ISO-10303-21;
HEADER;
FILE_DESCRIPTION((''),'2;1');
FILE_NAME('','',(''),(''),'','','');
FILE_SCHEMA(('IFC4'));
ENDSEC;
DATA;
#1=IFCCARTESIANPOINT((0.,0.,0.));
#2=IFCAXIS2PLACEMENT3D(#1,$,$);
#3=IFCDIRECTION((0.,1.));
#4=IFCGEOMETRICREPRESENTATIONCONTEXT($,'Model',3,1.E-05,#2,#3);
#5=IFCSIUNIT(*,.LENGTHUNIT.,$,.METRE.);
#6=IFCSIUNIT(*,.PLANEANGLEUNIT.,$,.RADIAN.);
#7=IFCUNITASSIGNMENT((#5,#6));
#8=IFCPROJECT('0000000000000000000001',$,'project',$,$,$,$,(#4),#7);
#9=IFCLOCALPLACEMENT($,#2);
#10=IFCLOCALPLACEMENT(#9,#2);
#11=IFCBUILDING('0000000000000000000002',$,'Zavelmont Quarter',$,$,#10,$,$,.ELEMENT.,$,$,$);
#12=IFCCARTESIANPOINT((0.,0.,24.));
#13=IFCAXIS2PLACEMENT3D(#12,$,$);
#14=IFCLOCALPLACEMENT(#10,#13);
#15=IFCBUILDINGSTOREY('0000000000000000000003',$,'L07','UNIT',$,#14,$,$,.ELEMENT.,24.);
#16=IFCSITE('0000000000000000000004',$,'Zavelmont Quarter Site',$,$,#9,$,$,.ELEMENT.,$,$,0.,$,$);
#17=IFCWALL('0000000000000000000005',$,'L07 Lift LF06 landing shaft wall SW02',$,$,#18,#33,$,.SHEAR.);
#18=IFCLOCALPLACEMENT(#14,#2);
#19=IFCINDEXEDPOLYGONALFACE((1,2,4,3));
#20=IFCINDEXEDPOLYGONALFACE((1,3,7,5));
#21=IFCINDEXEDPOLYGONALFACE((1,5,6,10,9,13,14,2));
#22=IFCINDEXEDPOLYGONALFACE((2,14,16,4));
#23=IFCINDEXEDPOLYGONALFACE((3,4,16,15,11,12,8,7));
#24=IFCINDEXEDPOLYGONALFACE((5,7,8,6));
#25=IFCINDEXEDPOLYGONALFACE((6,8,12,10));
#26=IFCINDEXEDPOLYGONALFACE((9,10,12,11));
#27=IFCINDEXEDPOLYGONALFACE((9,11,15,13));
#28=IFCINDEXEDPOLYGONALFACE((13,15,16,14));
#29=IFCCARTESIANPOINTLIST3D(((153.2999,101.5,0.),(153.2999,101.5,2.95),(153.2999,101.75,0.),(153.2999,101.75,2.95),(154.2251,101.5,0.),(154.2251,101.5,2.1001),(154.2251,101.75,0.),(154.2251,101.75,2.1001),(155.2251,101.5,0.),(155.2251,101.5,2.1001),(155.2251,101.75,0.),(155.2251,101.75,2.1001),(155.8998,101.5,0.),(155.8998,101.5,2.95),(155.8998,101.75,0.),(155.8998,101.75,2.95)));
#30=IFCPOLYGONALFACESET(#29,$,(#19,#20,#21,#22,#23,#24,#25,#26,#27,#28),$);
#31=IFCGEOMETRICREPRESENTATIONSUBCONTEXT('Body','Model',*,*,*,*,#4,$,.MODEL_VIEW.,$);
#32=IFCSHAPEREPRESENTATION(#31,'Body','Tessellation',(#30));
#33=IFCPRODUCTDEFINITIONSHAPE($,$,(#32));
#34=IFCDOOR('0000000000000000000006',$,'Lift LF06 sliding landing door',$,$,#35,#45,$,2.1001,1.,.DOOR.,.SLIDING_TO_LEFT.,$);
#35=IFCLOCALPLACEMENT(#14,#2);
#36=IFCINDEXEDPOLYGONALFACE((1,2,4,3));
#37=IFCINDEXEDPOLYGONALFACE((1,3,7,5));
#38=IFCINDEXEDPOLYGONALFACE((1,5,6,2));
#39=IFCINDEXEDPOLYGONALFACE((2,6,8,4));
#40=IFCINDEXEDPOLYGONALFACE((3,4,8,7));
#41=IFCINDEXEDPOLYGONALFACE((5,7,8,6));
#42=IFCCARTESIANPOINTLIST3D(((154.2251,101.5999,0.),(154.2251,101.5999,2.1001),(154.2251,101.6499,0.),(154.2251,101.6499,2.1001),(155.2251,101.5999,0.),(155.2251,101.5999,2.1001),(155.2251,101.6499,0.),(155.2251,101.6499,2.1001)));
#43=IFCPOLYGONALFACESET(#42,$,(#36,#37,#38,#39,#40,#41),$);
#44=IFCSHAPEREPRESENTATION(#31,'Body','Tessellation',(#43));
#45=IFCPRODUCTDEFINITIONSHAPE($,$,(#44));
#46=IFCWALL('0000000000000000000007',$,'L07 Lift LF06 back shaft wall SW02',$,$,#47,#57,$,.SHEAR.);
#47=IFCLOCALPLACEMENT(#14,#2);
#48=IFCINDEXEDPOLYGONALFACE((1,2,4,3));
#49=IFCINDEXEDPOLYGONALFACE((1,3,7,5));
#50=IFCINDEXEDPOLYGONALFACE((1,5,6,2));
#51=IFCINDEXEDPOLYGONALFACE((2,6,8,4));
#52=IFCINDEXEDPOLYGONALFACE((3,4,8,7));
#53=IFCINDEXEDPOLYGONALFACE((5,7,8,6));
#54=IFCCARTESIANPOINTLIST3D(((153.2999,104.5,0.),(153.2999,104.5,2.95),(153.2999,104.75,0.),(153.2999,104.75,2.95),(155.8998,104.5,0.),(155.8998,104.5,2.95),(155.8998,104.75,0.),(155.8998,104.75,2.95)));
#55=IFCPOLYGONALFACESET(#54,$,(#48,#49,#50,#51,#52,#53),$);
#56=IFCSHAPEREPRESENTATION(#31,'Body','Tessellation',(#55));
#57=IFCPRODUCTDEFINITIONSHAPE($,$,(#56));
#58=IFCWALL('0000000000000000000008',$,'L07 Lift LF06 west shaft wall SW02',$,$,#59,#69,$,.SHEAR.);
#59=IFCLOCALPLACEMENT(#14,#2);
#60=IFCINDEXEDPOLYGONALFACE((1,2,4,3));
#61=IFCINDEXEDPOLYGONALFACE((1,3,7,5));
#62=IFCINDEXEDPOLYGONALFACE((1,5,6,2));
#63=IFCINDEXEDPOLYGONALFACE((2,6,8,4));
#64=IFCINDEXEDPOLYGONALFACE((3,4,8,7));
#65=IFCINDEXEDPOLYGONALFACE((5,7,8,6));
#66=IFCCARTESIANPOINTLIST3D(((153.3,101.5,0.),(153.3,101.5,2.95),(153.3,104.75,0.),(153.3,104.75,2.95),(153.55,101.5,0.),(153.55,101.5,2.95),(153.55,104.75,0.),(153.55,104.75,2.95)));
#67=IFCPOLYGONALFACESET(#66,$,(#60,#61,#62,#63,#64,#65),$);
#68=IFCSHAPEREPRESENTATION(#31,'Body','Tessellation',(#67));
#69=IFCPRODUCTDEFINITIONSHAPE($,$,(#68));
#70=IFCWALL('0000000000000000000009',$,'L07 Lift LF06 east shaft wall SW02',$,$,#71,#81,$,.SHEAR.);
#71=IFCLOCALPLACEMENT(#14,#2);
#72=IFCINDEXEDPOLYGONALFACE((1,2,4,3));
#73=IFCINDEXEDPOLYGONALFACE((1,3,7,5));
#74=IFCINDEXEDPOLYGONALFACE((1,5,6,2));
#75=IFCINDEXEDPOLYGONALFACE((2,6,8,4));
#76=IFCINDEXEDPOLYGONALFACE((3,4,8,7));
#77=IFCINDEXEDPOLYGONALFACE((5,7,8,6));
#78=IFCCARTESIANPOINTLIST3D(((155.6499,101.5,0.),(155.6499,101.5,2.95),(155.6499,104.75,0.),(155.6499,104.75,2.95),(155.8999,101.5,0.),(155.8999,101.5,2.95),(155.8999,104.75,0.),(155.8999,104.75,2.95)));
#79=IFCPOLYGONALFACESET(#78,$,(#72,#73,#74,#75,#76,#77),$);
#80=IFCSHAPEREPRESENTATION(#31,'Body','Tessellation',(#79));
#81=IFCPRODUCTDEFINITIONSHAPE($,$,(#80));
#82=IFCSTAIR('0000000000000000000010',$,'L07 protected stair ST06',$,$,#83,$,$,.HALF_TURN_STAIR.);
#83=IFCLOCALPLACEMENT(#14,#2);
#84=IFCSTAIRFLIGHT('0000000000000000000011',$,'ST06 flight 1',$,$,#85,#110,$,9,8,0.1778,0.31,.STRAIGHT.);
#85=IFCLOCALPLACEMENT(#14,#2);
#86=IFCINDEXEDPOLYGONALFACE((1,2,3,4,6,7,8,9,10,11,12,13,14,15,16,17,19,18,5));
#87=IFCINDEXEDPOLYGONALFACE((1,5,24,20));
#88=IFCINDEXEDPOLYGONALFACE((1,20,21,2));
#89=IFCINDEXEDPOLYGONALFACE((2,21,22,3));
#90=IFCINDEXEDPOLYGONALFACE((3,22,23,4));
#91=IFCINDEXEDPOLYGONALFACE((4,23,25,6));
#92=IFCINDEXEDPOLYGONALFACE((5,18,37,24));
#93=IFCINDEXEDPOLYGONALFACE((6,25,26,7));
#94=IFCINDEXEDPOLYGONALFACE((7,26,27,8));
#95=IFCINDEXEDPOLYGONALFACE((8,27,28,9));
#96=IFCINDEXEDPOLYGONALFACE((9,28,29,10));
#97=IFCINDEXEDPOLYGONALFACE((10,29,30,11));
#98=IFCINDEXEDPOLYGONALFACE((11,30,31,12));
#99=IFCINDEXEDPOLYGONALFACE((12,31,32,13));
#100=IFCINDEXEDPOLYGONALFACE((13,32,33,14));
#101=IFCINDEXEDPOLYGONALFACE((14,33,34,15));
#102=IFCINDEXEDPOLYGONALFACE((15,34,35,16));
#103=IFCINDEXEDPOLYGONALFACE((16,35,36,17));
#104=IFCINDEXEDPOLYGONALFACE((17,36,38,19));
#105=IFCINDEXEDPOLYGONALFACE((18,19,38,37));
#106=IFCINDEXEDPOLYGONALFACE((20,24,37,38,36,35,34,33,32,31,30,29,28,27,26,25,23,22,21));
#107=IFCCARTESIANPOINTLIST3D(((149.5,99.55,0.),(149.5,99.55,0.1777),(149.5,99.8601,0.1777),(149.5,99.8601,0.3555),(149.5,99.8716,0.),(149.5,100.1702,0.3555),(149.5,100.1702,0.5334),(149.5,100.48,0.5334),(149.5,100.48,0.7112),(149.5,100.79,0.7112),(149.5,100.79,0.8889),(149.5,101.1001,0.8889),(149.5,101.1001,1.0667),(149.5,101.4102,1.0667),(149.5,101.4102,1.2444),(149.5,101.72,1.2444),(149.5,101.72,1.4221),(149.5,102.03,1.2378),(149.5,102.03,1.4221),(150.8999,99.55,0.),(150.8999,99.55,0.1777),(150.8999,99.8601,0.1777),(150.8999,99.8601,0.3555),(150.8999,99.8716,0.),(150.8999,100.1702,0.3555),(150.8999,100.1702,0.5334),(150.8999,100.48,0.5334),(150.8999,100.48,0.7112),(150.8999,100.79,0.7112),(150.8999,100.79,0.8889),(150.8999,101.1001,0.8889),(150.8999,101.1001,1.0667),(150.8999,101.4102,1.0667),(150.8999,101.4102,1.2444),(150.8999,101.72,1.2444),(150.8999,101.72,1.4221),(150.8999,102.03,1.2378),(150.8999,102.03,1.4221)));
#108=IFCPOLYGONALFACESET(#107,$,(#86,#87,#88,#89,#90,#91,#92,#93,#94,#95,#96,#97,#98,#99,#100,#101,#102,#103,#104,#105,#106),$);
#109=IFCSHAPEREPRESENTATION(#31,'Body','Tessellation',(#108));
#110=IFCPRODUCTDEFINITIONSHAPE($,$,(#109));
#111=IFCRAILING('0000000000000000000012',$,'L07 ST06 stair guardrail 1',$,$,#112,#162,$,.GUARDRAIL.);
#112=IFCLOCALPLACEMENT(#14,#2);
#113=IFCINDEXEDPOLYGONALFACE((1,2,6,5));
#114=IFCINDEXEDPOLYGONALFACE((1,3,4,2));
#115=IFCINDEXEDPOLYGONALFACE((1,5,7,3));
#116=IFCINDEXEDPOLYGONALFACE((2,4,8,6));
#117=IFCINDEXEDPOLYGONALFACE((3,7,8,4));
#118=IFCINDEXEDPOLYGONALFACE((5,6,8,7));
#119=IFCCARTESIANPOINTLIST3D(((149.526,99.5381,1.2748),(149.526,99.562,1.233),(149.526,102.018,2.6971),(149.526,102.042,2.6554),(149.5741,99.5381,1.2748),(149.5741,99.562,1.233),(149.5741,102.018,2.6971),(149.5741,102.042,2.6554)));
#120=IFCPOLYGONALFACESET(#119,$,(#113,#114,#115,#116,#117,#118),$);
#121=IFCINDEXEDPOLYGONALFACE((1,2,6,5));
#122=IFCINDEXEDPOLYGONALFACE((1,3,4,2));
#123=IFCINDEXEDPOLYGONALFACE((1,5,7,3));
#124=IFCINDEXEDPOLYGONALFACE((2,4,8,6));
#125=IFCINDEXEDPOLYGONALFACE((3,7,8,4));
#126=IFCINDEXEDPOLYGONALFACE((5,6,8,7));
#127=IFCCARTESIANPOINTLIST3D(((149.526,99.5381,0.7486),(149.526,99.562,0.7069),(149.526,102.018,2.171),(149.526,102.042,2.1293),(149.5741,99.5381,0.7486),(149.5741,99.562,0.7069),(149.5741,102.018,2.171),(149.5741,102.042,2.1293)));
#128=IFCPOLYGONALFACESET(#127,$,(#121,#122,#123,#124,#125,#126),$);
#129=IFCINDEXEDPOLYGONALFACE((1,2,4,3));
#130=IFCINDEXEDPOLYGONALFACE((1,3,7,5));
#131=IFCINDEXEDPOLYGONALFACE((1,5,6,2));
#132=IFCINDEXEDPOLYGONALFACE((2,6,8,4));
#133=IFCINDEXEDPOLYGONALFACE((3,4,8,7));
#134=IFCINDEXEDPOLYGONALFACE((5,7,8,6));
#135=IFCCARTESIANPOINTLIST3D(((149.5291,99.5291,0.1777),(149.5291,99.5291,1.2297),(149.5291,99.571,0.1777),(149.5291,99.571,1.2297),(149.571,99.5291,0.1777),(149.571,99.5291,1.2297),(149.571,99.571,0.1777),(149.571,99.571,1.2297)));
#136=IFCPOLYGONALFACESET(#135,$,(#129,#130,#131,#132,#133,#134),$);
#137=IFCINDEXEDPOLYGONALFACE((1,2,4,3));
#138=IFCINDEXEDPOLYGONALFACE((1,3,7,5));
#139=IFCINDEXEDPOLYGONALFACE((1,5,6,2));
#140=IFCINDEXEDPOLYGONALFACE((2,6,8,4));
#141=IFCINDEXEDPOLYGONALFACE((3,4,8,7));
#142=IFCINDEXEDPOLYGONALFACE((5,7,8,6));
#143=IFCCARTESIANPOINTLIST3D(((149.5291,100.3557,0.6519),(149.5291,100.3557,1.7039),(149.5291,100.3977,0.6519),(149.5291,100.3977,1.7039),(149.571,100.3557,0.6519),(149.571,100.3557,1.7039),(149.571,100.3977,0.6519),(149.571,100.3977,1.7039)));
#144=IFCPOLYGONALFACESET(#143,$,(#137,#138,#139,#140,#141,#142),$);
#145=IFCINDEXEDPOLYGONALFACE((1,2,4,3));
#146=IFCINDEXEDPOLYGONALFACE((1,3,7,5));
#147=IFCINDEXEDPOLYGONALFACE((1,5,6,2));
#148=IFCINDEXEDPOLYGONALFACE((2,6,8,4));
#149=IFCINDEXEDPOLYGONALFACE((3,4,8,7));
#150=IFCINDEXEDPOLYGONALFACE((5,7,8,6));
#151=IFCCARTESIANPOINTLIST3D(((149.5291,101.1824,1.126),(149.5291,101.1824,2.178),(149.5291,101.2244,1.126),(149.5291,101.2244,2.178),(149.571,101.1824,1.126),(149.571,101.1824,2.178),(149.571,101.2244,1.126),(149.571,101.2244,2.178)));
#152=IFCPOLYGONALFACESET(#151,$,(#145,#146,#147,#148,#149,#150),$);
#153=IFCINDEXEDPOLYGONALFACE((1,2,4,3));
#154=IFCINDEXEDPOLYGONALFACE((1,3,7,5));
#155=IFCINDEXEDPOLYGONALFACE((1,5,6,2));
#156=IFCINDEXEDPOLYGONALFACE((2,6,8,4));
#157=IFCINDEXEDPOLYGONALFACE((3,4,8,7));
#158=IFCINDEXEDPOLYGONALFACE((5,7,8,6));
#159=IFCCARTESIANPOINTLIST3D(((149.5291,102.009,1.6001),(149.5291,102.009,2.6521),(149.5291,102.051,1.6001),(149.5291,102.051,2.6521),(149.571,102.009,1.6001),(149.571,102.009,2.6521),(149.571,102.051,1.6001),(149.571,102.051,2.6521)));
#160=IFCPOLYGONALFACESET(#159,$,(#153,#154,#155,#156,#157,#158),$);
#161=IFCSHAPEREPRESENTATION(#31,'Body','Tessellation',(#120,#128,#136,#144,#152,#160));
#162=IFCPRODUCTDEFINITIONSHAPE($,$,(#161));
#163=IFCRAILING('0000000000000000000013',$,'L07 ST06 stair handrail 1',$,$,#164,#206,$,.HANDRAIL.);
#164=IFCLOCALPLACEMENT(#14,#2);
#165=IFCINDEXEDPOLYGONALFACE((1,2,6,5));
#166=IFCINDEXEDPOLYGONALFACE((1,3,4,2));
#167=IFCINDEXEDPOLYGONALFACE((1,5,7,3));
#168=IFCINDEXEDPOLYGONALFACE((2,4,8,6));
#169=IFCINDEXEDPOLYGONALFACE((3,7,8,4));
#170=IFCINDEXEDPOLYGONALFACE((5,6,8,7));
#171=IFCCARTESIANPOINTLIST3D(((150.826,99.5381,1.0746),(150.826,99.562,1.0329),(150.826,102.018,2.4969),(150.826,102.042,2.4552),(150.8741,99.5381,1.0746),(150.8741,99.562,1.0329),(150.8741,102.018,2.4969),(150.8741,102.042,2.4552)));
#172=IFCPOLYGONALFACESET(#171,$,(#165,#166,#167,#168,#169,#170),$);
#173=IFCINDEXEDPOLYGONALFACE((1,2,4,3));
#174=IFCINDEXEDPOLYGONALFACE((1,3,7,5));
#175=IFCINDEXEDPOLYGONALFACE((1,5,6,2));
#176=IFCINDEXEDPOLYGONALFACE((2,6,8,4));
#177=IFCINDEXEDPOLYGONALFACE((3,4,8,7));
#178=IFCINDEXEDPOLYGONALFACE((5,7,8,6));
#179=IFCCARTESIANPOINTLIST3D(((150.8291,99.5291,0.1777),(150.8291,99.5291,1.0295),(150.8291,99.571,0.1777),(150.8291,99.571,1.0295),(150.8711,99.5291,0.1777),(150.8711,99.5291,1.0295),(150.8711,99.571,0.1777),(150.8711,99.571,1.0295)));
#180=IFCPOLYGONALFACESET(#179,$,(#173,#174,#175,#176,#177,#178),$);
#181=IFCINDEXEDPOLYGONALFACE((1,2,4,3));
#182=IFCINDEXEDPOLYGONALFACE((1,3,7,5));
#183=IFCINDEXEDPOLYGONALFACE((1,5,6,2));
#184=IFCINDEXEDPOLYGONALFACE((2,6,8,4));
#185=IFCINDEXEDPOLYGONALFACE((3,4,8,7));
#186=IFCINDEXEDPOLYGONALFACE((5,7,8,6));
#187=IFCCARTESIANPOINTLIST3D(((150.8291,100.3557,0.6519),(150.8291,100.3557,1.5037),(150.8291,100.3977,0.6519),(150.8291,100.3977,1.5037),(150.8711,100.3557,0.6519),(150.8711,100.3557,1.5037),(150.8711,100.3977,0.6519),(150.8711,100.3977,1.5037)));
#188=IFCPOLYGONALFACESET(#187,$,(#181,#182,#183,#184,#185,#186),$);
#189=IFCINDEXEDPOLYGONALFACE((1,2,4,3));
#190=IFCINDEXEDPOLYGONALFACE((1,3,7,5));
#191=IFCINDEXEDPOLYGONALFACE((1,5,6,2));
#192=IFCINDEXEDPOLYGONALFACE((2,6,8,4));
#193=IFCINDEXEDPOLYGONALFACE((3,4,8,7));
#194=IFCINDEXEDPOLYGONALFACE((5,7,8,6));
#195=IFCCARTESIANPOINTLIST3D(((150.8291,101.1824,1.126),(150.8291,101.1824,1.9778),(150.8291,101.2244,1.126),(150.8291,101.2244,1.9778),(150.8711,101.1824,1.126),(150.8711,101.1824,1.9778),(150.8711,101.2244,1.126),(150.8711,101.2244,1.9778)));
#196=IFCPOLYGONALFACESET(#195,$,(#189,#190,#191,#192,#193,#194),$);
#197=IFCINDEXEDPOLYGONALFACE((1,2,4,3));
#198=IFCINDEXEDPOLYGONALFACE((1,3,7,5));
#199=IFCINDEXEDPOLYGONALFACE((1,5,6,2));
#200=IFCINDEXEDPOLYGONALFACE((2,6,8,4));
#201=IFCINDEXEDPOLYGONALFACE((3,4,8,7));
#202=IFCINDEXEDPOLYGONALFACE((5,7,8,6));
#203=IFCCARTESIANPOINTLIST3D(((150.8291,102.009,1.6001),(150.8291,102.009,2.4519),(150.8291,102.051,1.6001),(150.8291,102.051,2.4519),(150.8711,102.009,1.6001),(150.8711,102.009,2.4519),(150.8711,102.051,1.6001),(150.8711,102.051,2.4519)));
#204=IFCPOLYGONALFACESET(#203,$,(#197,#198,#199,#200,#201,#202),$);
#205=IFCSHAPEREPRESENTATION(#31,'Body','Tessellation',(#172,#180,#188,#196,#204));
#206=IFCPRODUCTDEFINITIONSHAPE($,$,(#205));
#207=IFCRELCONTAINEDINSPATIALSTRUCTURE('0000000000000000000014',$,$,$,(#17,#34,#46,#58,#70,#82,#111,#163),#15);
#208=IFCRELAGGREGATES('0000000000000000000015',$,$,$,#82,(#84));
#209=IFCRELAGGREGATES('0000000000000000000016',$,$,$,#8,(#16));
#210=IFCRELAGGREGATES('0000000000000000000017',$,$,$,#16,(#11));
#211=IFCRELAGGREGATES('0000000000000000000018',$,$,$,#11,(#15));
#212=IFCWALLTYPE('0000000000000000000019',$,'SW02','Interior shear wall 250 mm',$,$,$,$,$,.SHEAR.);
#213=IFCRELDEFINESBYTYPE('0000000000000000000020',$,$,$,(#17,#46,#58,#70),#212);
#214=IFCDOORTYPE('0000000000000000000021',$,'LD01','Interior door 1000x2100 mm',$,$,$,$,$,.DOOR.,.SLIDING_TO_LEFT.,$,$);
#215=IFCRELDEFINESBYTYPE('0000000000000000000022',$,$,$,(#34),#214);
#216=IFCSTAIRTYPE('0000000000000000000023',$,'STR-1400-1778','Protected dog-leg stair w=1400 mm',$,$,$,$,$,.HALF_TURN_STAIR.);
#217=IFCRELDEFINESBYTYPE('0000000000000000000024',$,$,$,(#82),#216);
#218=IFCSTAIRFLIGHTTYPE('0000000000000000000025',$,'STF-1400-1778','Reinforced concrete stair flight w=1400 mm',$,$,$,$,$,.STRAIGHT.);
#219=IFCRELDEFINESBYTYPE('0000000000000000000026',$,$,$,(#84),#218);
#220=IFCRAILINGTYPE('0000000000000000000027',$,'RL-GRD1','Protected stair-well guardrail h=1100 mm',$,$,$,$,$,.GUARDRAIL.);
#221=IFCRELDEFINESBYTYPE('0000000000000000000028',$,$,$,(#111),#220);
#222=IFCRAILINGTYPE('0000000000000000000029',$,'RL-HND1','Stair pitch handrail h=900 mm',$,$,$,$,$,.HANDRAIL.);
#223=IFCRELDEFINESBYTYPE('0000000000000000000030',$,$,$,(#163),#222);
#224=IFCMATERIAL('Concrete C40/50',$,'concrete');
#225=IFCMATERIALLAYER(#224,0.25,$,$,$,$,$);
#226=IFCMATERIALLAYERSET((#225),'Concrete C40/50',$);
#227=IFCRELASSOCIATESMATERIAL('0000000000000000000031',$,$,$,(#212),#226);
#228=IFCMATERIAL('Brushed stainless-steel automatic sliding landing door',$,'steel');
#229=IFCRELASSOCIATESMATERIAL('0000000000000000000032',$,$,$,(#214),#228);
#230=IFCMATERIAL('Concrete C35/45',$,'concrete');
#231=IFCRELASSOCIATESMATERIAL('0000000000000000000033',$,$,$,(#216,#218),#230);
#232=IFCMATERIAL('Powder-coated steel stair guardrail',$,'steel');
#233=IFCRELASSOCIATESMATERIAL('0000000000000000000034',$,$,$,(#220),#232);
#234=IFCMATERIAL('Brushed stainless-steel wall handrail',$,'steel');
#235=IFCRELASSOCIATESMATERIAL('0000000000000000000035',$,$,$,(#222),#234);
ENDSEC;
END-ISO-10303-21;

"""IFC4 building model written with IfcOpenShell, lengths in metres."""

from ifc_helpers import new_model, si_unit, direction, frame, frame_2d, origin, origin_with_axes, origin_2d, place, context, subcontext, project, spatial, polyline, rectangle, outline, extrude, material, layer, layer_set, type_object, element, fill, aggregate, save


model = new_model("IFC4")

# Units and contexts
model_context = context("Model", 3, precision=1e-05, world=origin(), true_north=direction((0.0, 1.0)))
body_context = subcontext(model_context, "Body", "Model", "MODEL_VIEW")
ifc_project = project(units=[si_unit("LENGTHUNIT", "METRE"), si_unit("PLANEANGLEUNIT", "RADIAN")], contexts=[model_context])

# Site, building, storey
site_placement = place(None, origin())
site = spatial("IfcSite", under=ifc_project, at=site_placement, Name="Zavelmont Quarter Site", CompositionType="ELEMENT", RefElevation=0.0)
building_placement = place(site_placement, origin())
building = spatial("IfcBuilding", under=site, at=building_placement, Name="Zavelmont Quarter", CompositionType="ELEMENT")
storey_placement = place(building_placement, frame((0.0, 0.0, 24.0)))
storey = spatial("IfcBuildingStorey", under=building, at=storey_placement, Name="L07", Description="UNIT", CompositionType="ELEMENT", Elevation=24.0)

# Shared definitions
ifc_material_1 = material(Name="Concrete C35/45", Category="concrete")
ifc_material_2 = material(Name="Concrete C40/50", Category="concrete")

# Wall, opening, door
ifc_layer_1 = layer(ifc_material_2, 0.25)
ifc_layer_set_1 = layer_set([ifc_layer_1], Name="Concrete C40/50")
wall_type_1 = type_object("IfcWallType", Name="SW02", Description="Interior shear wall 250 mm", PredefinedType="SHEAR", material=ifc_layer_set_1)
wall_1_placement = place(storey_placement, frame((153.3, 101.625, 0.0), z_axis=(0.0, 0.0, 1.0), x_axis=(1.0, 0.0, 0.0)))
wall_1 = element("IfcWall", 1, at=wall_1_placement, inside=storey, type_object=wall_type_1, Name="L07 Lift LF06 landing shaft wall SW02", PredefinedType="SHEAR", context=body_context, shape_type="SweptSolid", body=[
    extrude(rectangle(XDim=2.5999, YDim=0.25, at=frame_2d((1.2998, 0.0))), origin(), (0.0, 0.0, 1.0), 2.95),
])
opening_1_placement = place(wall_1_placement, frame((0.925, 0.0, 0.0)))
opening_1 = element("IfcOpeningElement", 2, at=opening_1_placement, cuts=wall_1, PredefinedType="OPENING", context=body_context, shape_type="SweptSolid", body=[
    extrude(rectangle(XDim=1.0, YDim=2.1001, at=frame_2d((0.5, 1.05))), frame((0.0, 0.137, 0.0), z_axis=(0.0, -1.0, 0.0), x_axis=(1.0, 0.0, 0.0)), (0.0, 0.0, 1.0), 0.2739),
])
ifc_material_3 = material(Name="Brushed stainless-steel automatic sliding landing door", Category="steel")
door_type_1 = type_object("IfcDoorType", Name="LD01", Description="Interior door 1000x2100 mm", OperationType="SLIDING_TO_LEFT", PredefinedType="DOOR", material=ifc_material_3)
door_1_placement = place(opening_1_placement, origin_with_axes())
door_1 = element("IfcDoor", 3, at=door_1_placement, inside=storey, type_object=door_type_1, Name="Lift LF06 sliding landing door", OperationType="SLIDING_TO_LEFT", OverallHeight=2.1001, OverallWidth=1.0, PredefinedType="DOOR", context=body_context, shape_type="SweptSolid", body=[
    extrude(rectangle(XDim=1.0, YDim=2.1001, at=frame_2d((0.5, 1.05))), frame((0.0, 0.0249, 0.0), z_axis=(0.0, -1.0, 0.0), x_axis=(1.0, 0.0, 0.0)), (0.0, 0.0, 1.0), 0.05),
])
fill(opening_1, door_1)

# Walls
wall_2_placement = place(storey_placement, frame((153.3, 104.625, 0.0), z_axis=(0.0, 0.0, 1.0), x_axis=(1.0, 0.0, 0.0)))
element("IfcWall", 4, at=wall_2_placement, inside=storey, type_object=wall_type_1, Name="L07 Lift LF06 back shaft wall SW02", PredefinedType="SHEAR", context=body_context, shape_type="SweptSolid", body=[
    extrude(rectangle(XDim=2.5999, YDim=0.25, at=frame_2d((1.2998, 0.0))), origin(), (0.0, 0.0, 1.0), 2.95),
])
for number, where, z_axis, x_axis, name in (
    (5, (153.425, 101.5, 0.0), (0.0, 0.0, 1.0), (0.0, 1.0, 0.0), "L07 Lift LF06 west shaft wall SW02"),
    (6, (155.7749, 101.5, 0.0), (0.0, 0.0, 1.0), (0.0, 1.0, 0.0), "L07 Lift LF06 east shaft wall SW02"),
):
    element("IfcWall", number, at=place(storey_placement, frame(where, z_axis=z_axis, x_axis=x_axis)), inside=storey, type_object=wall_type_1, Name=name, PredefinedType="SHEAR", context=body_context, shape_type="SweptSolid", body=[
        extrude(rectangle(XDim=3.25, YDim=0.25, at=frame_2d((1.625, 0.0))), origin(), (0.0, 0.0, 1.0), 2.95),
    ])

# Stair, stair flight
stair_type = type_object("IfcStairType", Name="STR-1400-1778", Description="Protected dog-leg stair w=1400 mm", PredefinedType="HALF_TURN_STAIR", material=ifc_material_1)
stair_placement = place(storey_placement, origin())
stair = element("IfcStair", 7, at=stair_placement, inside=storey, type_object=stair_type, Name="L07 protected stair ST06", PredefinedType="HALF_TURN_STAIR")
stair_flight_type = type_object("IfcStairFlightType", Name="STF-1400-1778", Description="Reinforced concrete stair flight w=1400 mm", PredefinedType="STRAIGHT", material=ifc_material_1)
stair_flight_placement = place(storey_placement, frame((150.2, 99.55, 0.0), z_axis=(0.0, 0.0, 1.0), x_axis=(0.0, 1.0, 0.0)))
stair_flight = element("IfcStairFlight", 8, at=stair_flight_placement, type_object=stair_flight_type, Name="ST06 flight 1", NumberOfRisers=9, NumberOfTreads=8, PredefinedType="STRAIGHT", RiserHeight=0.1778, TreadLength=0.31, context=body_context, shape_type="SweptSolid", body=[
    extrude(outline(polyline([(0.0, 0.0), (0.0, 0.1777), (0.3101, 0.1777), (0.3101, 0.3555), (0.6201, 0.3555), (0.6201, 0.5334), (0.9299, 0.5334), (0.9299, 0.7112), (1.24, 0.7112), (1.24, 0.8889), (1.55, 0.8889), (1.55, 1.0667), (1.8601, 1.0667), (1.8601, 1.2444), (2.1699, 1.2444), (2.1699, 1.4221), (2.48, 1.4221), (2.48, 1.6001), (2.48, 1.2378), (0.3215, 0.0), (0.0, 0.0)])), frame((0.0, 0.7, 0.0), z_axis=(0.0, -1.0, 0.0), x_axis=(1.0, 0.0, 0.0)), (0.0, 0.0, 1.0), 1.3999),
])
aggregate(stair, [stair_flight])

# Railings
ifc_material_4 = material(Name="Powder-coated steel stair guardrail", Category="steel")
railing_type_1 = type_object("IfcRailingType", Name="RL-GRD1", Description="Protected stair-well guardrail h=1100 mm", PredefinedType="GUARDRAIL", material=ifc_material_4)
railing_1_placement = place(storey_placement, frame((149.55, 99.55, 0.1777)))
element("IfcRailing", 9, at=railing_1_placement, inside=storey, type_object=railing_type_1, Name="L07 ST06 stair guardrail 1", PredefinedType="GUARDRAIL", context=body_context, shape_type="SweptSolid", body=[
    extrude(rectangle(XDim=0.0481, YDim=0.0481, at=origin_2d()), frame((0.0, 0.0, 1.0762), z_axis=(0.0, 0.867454, 0.497518), x_axis=(-1.0, 0.0, 0.0)), (0.0, 0.0, 1.0), 2.8589),
    extrude(rectangle(XDim=0.0481, YDim=0.0481, at=origin_2d()), frame((0.0, 0.0, 0.55), z_axis=(0.0, 0.867454, 0.497518), x_axis=(-1.0, 0.0, 0.0)), (0.0, 0.0, 1.0), 2.8589),
    extrude(rectangle(XDim=0.042, YDim=0.042, at=origin_2d()), origin(), (0.0, 0.0, 1.0), 1.052),
    extrude(rectangle(XDim=0.042, YDim=0.042, at=origin_2d()), frame((0.0, 0.8267, 0.4741)), (0.0, 0.0, 1.0), 1.052),
    extrude(rectangle(XDim=0.042, YDim=0.042, at=origin_2d()), frame((0.0, 1.6533, 0.9482)), (0.0, 0.0, 1.0), 1.052),
    extrude(rectangle(XDim=0.042, YDim=0.042, at=origin_2d()), frame((0.0, 2.48, 1.4224)), (0.0, 0.0, 1.0), 1.052),
])
ifc_material_5 = material(Name="Brushed stainless-steel wall handrail", Category="steel")
railing_type_2 = type_object("IfcRailingType", Name="RL-HND1", Description="Stair pitch handrail h=900 mm", PredefinedType="HANDRAIL", material=ifc_material_5)
railing_2_placement = place(storey_placement, frame((150.8501, 99.55, 0.1777)))
element("IfcRailing", 10, at=railing_2_placement, inside=storey, type_object=railing_type_2, Name="L07 ST06 stair handrail 1", PredefinedType="HANDRAIL", context=body_context, shape_type="SweptSolid", body=[
    extrude(rectangle(XDim=0.0481, YDim=0.0481, at=origin_2d()), frame((0.0, 0.0, 0.876), z_axis=(0.0, 0.867454, 0.497518), x_axis=(-1.0, 0.0, 0.0)), (0.0, 0.0, 1.0), 2.8589),
    extrude(rectangle(XDim=0.042, YDim=0.042, at=origin_2d()), origin(), (0.0, 0.0, 1.0), 0.8518),
    extrude(rectangle(XDim=0.042, YDim=0.042, at=origin_2d()), frame((0.0, 0.8267, 0.4741)), (0.0, 0.0, 1.0), 0.8518),
    extrude(rectangle(XDim=0.042, YDim=0.042, at=origin_2d()), frame((0.0, 1.6533, 0.9482)), (0.0, 0.0, 1.0), 0.8518),
    extrude(rectangle(XDim=0.042, YDim=0.042, at=origin_2d()), frame((0.0, 2.48, 1.4224)), (0.0, 0.0, 1.0), 0.8518),
])

save(model, "model.ifc")
